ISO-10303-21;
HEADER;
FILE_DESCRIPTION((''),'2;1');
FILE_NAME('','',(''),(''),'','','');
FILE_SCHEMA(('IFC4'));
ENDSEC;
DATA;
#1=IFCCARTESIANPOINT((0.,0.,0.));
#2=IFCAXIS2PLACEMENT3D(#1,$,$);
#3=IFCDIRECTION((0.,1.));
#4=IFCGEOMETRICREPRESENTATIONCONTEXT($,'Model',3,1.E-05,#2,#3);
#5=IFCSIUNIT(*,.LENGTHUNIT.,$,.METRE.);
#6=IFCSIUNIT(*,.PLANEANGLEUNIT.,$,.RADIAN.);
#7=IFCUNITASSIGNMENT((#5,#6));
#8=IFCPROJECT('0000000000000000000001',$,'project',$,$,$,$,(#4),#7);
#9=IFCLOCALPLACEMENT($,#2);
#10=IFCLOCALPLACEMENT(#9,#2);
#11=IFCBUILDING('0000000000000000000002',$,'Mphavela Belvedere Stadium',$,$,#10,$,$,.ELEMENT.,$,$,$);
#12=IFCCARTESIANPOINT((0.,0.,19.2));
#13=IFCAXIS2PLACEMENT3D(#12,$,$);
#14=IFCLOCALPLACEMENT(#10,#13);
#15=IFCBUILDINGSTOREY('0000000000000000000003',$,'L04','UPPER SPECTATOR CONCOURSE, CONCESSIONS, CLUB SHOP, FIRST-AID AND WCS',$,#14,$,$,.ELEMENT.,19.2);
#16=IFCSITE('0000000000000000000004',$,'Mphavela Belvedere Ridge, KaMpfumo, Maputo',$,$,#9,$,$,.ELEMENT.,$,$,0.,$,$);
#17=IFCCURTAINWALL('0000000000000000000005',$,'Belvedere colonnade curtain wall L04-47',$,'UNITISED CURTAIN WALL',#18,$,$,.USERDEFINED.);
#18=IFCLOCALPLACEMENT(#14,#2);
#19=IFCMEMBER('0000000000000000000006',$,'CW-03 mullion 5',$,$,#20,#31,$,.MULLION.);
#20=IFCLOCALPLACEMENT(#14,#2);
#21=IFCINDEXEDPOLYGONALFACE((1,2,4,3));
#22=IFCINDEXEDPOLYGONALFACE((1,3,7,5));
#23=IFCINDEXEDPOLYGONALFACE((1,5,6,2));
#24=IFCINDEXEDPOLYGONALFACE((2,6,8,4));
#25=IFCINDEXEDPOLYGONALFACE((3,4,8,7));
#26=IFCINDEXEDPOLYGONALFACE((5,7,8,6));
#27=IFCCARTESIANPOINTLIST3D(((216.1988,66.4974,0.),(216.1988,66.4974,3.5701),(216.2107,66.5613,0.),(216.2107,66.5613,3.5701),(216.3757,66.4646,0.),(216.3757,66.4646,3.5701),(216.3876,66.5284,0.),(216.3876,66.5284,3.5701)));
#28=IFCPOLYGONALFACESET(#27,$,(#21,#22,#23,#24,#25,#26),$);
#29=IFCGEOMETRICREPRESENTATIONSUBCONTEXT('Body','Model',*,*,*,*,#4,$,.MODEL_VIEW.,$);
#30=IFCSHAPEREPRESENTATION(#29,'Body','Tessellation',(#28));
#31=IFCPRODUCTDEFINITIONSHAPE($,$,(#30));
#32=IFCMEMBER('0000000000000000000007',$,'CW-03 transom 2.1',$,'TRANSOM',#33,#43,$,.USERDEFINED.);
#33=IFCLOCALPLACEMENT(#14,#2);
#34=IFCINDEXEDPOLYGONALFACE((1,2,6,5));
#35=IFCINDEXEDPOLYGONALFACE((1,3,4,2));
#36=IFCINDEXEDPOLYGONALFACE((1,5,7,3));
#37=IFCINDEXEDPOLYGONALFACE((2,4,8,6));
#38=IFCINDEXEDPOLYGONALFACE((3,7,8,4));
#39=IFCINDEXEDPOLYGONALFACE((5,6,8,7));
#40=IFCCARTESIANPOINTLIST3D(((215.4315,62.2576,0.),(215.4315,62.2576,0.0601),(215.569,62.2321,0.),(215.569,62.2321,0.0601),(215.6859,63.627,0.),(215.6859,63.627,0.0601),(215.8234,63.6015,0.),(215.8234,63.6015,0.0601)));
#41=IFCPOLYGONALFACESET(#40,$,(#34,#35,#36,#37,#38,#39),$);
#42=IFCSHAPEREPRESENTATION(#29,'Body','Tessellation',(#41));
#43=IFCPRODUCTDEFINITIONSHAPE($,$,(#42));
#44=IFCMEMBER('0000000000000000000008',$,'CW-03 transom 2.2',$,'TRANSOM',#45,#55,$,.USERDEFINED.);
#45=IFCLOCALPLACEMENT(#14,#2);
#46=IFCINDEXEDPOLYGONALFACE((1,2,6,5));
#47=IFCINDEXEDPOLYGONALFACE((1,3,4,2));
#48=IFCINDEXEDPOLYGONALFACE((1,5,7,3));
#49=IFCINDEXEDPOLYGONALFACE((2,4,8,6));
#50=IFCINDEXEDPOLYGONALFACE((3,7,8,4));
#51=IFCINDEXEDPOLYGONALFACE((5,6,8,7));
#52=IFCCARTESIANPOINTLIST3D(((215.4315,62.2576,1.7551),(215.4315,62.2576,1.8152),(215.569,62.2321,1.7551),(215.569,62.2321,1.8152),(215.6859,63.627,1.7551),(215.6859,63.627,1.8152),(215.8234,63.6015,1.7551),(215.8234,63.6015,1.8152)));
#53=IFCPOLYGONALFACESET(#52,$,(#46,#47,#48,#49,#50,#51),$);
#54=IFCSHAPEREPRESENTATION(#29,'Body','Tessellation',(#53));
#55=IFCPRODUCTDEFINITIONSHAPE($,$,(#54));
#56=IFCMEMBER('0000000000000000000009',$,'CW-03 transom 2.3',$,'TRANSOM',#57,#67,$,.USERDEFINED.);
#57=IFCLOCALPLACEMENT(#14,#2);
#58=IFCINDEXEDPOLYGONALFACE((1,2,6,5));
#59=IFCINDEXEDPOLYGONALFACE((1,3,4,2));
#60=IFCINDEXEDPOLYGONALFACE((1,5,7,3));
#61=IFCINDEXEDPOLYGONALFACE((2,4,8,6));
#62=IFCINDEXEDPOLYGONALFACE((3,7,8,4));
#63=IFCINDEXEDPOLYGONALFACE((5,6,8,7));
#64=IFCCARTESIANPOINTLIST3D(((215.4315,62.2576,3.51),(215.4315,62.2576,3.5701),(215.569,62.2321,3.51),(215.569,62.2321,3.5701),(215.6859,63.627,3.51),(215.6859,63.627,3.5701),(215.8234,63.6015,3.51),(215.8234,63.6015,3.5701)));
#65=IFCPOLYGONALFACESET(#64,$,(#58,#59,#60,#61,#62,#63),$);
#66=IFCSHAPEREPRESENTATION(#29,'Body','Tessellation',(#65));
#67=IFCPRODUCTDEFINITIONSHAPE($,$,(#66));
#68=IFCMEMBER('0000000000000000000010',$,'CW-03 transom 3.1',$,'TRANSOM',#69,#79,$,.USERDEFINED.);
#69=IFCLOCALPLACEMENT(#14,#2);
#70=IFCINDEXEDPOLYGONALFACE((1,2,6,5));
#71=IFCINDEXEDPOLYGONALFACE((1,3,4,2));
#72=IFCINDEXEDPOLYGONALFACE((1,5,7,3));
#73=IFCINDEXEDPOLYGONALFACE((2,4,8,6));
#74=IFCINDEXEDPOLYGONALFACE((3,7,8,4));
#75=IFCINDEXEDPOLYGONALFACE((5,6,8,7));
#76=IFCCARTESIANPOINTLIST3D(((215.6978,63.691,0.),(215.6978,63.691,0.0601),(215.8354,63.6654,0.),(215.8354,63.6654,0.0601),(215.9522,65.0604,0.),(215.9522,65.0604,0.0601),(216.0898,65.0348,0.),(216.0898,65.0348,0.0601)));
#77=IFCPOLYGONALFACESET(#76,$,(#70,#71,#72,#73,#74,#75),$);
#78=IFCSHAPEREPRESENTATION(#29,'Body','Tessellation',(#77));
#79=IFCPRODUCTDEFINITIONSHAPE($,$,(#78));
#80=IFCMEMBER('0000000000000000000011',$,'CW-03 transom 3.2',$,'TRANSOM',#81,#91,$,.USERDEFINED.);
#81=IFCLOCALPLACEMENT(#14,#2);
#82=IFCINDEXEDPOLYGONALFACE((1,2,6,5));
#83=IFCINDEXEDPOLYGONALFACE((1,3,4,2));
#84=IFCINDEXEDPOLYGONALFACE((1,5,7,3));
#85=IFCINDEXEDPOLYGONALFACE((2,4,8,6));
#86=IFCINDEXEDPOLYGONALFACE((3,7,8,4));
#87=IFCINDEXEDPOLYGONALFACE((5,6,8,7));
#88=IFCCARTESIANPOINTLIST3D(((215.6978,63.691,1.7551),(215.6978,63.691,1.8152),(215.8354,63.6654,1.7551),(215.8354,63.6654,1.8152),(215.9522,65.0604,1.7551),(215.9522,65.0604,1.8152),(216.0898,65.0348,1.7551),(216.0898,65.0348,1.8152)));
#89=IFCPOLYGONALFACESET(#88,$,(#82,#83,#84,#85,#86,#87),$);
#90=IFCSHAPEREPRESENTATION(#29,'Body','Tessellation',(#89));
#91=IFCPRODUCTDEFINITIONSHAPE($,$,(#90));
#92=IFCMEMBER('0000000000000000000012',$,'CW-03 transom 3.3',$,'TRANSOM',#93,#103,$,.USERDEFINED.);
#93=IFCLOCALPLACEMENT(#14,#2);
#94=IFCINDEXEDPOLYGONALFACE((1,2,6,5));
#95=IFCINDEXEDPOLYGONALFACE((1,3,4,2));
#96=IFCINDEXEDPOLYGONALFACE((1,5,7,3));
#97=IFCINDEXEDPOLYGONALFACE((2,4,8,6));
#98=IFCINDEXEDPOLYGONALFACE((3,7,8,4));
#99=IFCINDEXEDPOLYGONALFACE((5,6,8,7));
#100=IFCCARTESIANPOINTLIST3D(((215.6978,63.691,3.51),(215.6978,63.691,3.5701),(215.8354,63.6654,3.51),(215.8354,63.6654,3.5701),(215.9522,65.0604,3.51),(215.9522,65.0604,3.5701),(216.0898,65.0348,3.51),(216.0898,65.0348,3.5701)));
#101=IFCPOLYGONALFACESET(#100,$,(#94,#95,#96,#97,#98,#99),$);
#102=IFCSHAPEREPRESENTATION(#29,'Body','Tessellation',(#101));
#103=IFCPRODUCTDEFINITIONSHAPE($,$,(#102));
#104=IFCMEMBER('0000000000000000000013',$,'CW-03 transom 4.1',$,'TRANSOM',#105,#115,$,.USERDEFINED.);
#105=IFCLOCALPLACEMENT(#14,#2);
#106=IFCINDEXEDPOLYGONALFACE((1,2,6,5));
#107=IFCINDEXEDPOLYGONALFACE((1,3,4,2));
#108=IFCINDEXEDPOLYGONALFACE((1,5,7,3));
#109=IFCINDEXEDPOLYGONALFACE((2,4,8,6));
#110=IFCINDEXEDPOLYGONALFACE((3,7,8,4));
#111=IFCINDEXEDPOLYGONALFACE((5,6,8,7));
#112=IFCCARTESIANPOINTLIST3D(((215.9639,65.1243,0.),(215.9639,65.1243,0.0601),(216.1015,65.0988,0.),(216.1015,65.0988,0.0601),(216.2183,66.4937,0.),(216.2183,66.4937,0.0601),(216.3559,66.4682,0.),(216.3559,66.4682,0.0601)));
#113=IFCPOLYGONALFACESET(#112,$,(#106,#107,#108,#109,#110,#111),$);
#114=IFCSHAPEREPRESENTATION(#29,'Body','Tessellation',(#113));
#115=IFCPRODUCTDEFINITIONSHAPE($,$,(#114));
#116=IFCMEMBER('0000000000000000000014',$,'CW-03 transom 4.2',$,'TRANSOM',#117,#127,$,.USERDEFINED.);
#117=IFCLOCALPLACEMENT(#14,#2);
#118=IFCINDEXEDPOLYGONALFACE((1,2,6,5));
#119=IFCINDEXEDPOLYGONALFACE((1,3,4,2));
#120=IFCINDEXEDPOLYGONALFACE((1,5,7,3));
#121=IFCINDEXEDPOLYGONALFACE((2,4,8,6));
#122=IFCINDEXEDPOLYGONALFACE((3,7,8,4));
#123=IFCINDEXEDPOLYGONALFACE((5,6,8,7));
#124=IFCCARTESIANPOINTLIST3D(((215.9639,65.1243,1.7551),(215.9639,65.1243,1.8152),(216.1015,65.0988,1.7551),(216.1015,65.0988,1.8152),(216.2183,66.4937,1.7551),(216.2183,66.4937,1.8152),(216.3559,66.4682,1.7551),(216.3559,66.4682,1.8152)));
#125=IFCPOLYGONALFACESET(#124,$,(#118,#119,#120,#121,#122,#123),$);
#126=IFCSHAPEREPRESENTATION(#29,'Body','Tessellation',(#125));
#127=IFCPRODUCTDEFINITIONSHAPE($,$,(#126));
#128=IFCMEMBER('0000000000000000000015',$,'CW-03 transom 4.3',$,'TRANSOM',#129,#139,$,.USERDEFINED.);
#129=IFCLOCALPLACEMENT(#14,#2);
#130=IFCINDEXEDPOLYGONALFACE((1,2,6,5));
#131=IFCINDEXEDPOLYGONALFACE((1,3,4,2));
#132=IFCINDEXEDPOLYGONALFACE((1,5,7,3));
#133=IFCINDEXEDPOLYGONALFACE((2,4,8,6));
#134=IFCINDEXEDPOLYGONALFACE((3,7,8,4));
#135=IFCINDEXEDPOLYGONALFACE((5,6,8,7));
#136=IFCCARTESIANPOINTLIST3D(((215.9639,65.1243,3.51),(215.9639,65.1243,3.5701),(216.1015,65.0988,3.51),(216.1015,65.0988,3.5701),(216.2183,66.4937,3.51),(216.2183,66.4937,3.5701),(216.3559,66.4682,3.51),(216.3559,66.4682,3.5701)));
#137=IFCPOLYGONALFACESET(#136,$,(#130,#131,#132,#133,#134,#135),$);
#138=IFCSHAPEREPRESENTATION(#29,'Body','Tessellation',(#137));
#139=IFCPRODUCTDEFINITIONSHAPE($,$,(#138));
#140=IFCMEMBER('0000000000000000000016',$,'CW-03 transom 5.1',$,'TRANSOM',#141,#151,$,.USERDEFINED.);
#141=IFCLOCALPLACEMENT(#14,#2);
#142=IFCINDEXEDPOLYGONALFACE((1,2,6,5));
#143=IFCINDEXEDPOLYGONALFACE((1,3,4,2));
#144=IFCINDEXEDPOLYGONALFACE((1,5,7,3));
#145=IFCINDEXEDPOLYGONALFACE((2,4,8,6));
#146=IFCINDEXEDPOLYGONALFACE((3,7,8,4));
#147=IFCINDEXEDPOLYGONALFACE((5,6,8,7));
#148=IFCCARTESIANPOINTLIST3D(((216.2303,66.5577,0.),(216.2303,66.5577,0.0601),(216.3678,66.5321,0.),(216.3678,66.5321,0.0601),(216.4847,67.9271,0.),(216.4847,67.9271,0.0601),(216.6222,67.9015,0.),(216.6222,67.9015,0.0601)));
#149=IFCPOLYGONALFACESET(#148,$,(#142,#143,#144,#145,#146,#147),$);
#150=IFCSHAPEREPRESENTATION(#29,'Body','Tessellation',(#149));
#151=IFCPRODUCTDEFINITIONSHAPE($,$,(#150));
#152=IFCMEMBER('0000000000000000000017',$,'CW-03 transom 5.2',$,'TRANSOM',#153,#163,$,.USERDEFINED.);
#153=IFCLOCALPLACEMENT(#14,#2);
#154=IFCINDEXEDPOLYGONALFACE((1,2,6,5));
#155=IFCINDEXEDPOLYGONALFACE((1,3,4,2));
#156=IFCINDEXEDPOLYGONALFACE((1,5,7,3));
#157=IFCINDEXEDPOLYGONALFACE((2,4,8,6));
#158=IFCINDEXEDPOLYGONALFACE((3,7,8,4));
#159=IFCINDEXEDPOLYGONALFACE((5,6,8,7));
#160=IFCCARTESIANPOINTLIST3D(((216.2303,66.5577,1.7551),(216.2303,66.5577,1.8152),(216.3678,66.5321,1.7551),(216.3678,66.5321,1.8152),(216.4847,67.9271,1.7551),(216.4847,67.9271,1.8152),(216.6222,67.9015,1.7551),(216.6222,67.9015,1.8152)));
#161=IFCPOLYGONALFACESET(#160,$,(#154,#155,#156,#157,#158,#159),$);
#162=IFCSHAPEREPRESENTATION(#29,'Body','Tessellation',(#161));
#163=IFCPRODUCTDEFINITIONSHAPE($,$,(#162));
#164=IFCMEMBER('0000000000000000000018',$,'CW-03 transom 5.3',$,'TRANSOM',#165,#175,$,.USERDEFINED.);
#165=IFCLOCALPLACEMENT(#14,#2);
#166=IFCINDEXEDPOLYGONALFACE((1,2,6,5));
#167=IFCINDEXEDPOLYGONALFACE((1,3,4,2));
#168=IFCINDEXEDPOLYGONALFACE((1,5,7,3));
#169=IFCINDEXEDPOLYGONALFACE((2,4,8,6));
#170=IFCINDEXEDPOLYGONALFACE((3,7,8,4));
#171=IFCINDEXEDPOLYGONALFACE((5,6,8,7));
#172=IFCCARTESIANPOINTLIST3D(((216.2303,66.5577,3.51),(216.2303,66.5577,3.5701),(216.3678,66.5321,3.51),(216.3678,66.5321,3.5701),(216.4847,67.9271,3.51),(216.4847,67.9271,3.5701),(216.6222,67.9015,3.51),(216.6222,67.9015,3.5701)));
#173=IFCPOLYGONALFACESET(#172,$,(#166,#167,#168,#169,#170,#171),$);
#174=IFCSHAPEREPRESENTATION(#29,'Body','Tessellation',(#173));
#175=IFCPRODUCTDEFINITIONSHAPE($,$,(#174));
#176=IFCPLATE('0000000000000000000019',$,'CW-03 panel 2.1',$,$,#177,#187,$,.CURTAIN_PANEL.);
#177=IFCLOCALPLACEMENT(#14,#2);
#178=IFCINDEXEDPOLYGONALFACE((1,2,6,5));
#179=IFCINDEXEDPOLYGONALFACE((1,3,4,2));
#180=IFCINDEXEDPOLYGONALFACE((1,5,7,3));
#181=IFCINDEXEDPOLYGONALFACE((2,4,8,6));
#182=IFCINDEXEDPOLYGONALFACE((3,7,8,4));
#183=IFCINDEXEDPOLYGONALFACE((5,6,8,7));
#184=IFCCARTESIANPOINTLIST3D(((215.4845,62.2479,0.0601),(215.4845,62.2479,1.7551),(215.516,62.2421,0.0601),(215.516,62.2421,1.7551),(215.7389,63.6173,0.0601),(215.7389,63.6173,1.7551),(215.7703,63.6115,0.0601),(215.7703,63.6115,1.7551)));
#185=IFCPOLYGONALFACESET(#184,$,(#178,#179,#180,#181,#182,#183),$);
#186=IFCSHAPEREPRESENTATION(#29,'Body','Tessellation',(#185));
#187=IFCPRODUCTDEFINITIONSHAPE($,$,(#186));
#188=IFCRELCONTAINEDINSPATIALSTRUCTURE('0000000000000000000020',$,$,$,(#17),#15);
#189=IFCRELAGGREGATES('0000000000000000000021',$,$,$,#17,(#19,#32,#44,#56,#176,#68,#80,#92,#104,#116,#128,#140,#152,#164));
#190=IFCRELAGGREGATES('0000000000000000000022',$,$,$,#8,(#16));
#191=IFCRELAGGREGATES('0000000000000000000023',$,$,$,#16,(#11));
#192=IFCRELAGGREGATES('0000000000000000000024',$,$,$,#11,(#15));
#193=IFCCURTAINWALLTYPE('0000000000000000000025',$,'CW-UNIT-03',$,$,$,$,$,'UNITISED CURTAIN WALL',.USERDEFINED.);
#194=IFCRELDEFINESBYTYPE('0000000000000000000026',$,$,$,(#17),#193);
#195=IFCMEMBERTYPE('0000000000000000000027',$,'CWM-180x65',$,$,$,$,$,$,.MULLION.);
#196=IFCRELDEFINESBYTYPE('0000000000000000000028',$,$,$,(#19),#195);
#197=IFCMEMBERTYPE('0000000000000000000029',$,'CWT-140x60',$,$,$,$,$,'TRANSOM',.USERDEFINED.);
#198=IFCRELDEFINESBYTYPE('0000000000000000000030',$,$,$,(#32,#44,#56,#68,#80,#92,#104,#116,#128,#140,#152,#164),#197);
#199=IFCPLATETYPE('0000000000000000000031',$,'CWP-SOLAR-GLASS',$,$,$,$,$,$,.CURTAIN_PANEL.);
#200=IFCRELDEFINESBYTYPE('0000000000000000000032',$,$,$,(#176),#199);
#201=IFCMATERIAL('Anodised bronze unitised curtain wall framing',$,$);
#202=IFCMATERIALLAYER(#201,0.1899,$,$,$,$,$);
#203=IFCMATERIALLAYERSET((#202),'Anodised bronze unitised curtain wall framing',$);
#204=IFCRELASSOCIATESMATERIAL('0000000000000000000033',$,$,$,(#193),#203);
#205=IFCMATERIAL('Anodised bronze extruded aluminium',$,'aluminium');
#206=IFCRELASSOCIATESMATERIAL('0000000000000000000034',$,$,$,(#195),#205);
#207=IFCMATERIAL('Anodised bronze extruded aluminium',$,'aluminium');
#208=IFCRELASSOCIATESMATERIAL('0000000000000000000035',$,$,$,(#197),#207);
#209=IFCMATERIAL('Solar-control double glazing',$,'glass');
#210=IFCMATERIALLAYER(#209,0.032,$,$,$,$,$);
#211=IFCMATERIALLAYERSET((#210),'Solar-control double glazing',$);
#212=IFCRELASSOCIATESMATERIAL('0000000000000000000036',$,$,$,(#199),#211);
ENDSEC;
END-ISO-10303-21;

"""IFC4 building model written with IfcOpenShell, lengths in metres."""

from ifc_helpers import new_model, si_unit, direction, frame, origin, origin_2d, place, context, subcontext, project, spatial, rectangle, extrude, material, layer, layer_set, material_profile, profile_set, type_object, element, aggregate, save


model = new_model("IFC4")

# Units and contexts
model_context = context("Model", 3, precision=1e-05, world=origin(), true_north=direction((0.0, 1.0)))
body_context = subcontext(model_context, "Body", "Model", "MODEL_VIEW")
ifc_project = project(units=[si_unit("LENGTHUNIT", "METRE"), si_unit("PLANEANGLEUNIT", "RADIAN")], contexts=[model_context])

# Site, building, storey
site_placement = place(None, origin())
site = spatial("IfcSite", under=ifc_project, at=site_placement, Name="Mphavela Belvedere Ridge, KaMpfumo, Maputo", CompositionType="ELEMENT", RefElevation=0.0)
building_placement = place(site_placement, origin())
building = spatial("IfcBuilding", under=site, at=building_placement, Name="Mphavela Belvedere Stadium", CompositionType="ELEMENT")
storey_placement = place(building_placement, frame((0.0, 0.0, 19.2)))
storey = spatial("IfcBuildingStorey", under=building, at=storey_placement, Name="L04", Description="UPPER SPECTATOR CONCOURSE, CONCESSIONS, CLUB SHOP, FIRST-AID AND WCS", CompositionType="ELEMENT", Elevation=19.2)

# Curtain wall, members, plate
ifc_material_1 = material(Name="Anodised bronze unitised curtain wall framing")
ifc_layer_1 = layer(ifc_material_1, 0.1899)
ifc_layer_set_1 = layer_set([ifc_layer_1], Name="Anodised bronze unitised curtain wall framing")
curtain_wall_type = type_object("IfcCurtainWallType", Name="CW-UNIT-03", ElementType="UNITISED CURTAIN WALL", PredefinedType="USERDEFINED", material=ifc_layer_set_1)
curtain_wall_placement = place(storey_placement, origin())
curtain_wall = element("IfcCurtainWall", 1, at=curtain_wall_placement, inside=storey, type_object=curtain_wall_type, Name="Belvedere colonnade curtain wall L04-47", ObjectType="UNITISED CURTAIN WALL", PredefinedType="USERDEFINED")
ifc_material_2 = material(Name="Anodised bronze extruded aluminium", Category="aluminium")
ifc_material_profile_1 = material_profile(ifc_material_2, rectangle(XDim=0.1799, YDim=0.0649, at=origin_2d()), Name="CW-MUL 180x65")
ifc_profile_set_1 = profile_set([ifc_material_profile_1], Name="Anodised bronze extruded aluminium")
member_type_1 = type_object("IfcMemberType", Name="CWM-180x65", PredefinedType="MULLION", material=ifc_profile_set_1)
member_1_placement = place(storey_placement, frame((216.2932, 66.5129, 0.0), z_axis=(0.0, 0.0, 1.0), x_axis=(-0.983184, 0.182618, 0.0)))
member_1 = element("IfcMember", 2, at=member_1_placement, type_object=member_type_1, Name="CW-03 mullion 5", PredefinedType="MULLION", context=body_context, shape_type="SweptSolid", body=[
    extrude(rectangle(XDim=0.1799, YDim=0.0649, at=origin_2d()), origin(), (0.0, 0.0, 1.0), 3.5701),
])
ifc_material_3 = material(Name="Anodised bronze extruded aluminium", Category="aluminium")
ifc_material_profile_2 = material_profile(ifc_material_3, rectangle(XDim=0.1399, YDim=0.0601, at=origin_2d()), Name="CW-TRN 140x60")
ifc_profile_set_2 = profile_set([ifc_material_profile_2], Name="Anodised bronze extruded aluminium")
member_type_2 = type_object("IfcMemberType", Name="CWT-140x60", ElementType="TRANSOM", PredefinedType="USERDEFINED", material=ifc_profile_set_2)
member_2_placement = place(storey_placement, frame((215.5002, 62.2449, 0.03), z_axis=(0.182648, 0.983178, 0.0), x_axis=(-0.983178, 0.182648, 0.0)))
member_2 = element("IfcMember", 3, at=member_2_placement, type_object=member_type_2, Name="CW-03 transom 2.1", ObjectType="TRANSOM", PredefinedType="USERDEFINED", context=body_context, shape_type="SweptSolid", body=[
    extrude(rectangle(XDim=0.1399, YDim=0.0601, at=origin_2d()), origin(), (0.0, 0.0, 1.0), 1.3928),
])
member_3_placement = place(storey_placement, frame((215.5002, 62.2449, 1.7852), z_axis=(0.182648, 0.983178, 0.0), x_axis=(-0.983178, 0.182648, 0.0)))
member_3 = element("IfcMember", 4, at=member_3_placement, type_object=member_type_2, Name="CW-03 transom 2.2", ObjectType="TRANSOM", PredefinedType="USERDEFINED", context=body_context, shape_type="SweptSolid", body=[
    extrude(rectangle(XDim=0.1399, YDim=0.0601, at=origin_2d()), origin(), (0.0, 0.0, 1.0), 1.3928),
])
member_4_placement = place(storey_placement, frame((215.5002, 62.2449, 3.54), z_axis=(0.182648, 0.983178, 0.0), x_axis=(-0.983178, 0.182648, 0.0)))
member_4 = element("IfcMember", 5, at=member_4_placement, type_object=member_type_2, Name="CW-03 transom 2.3", ObjectType="TRANSOM", PredefinedType="USERDEFINED", context=body_context, shape_type="SweptSolid", body=[
    extrude(rectangle(XDim=0.1399, YDim=0.0601, at=origin_2d()), origin(), (0.0, 0.0, 1.0), 1.3928),
])
member_5_placement = place(storey_placement, frame((215.7666, 63.6782, 0.03), z_axis=(0.182648, 0.983178, 0.0), x_axis=(-0.983178, 0.182648, 0.0)))
member_5 = element("IfcMember", 6, at=member_5_placement, type_object=member_type_2, Name="CW-03 transom 3.1", ObjectType="TRANSOM", PredefinedType="USERDEFINED", context=body_context, shape_type="SweptSolid", body=[
    extrude(rectangle(XDim=0.1399, YDim=0.0601, at=origin_2d()), origin(), (0.0, 0.0, 1.0), 1.3928),
])
member_6_placement = place(storey_placement, frame((215.7666, 63.6782, 1.7852), z_axis=(0.182648, 0.983178, 0.0), x_axis=(-0.983178, 0.182648, 0.0)))
member_6 = element("IfcMember", 7, at=member_6_placement, type_object=member_type_2, Name="CW-03 transom 3.2", ObjectType="TRANSOM", PredefinedType="USERDEFINED", context=body_context, shape_type="SweptSolid", body=[
    extrude(rectangle(XDim=0.1399, YDim=0.0601, at=origin_2d()), origin(), (0.0, 0.0, 1.0), 1.3928),
])
member_7_placement = place(storey_placement, frame((215.7666, 63.6782, 3.54), z_axis=(0.182648, 0.983178, 0.0), x_axis=(-0.983178, 0.182648, 0.0)))
member_7 = element("IfcMember", 8, at=member_7_placement, type_object=member_type_2, Name="CW-03 transom 3.3", ObjectType="TRANSOM", PredefinedType="USERDEFINED", context=body_context, shape_type="SweptSolid", body=[
    extrude(rectangle(XDim=0.1399, YDim=0.0601, at=origin_2d()), origin(), (0.0, 0.0, 1.0), 1.3928),
])
member_8_placement = place(storey_placement, frame((216.0327, 65.1116, 0.03), z_axis=(0.182648, 0.983178, 0.0), x_axis=(-0.983178, 0.182648, 0.0)))
member_8 = element("IfcMember", 9, at=member_8_placement, type_object=member_type_2, Name="CW-03 transom 4.1", ObjectType="TRANSOM", PredefinedType="USERDEFINED", context=body_context, shape_type="SweptSolid", body=[
    extrude(rectangle(XDim=0.1399, YDim=0.0601, at=origin_2d()), origin(), (0.0, 0.0, 1.0), 1.3928),
])
member_9_placement = place(storey_placement, frame((216.0327, 65.1116, 1.7852), z_axis=(0.182648, 0.983178, 0.0), x_axis=(-0.983178, 0.182648, 0.0)))
member_9 = element("IfcMember", 10, at=member_9_placement, type_object=member_type_2, Name="CW-03 transom 4.2", ObjectType="TRANSOM", PredefinedType="USERDEFINED", context=body_context, shape_type="SweptSolid", body=[
    extrude(rectangle(XDim=0.1399, YDim=0.0601, at=origin_2d()), origin(), (0.0, 0.0, 1.0), 1.3928),
])
member_10_placement = place(storey_placement, frame((216.0327, 65.1116, 3.54), z_axis=(0.182648, 0.983178, 0.0), x_axis=(-0.983178, 0.182648, 0.0)))
member_10 = element("IfcMember", 11, at=member_10_placement, type_object=member_type_2, Name="CW-03 transom 4.3", ObjectType="TRANSOM", PredefinedType="USERDEFINED", context=body_context, shape_type="SweptSolid", body=[
    extrude(rectangle(XDim=0.1399, YDim=0.0601, at=origin_2d()), origin(), (0.0, 0.0, 1.0), 1.3928),
])
member_11_placement = place(storey_placement, frame((216.2991, 66.5449, 0.03), z_axis=(0.182648, 0.983178, 0.0), x_axis=(-0.983178, 0.182648, 0.0)))
member_11 = element("IfcMember", 12, at=member_11_placement, type_object=member_type_2, Name="CW-03 transom 5.1", ObjectType="TRANSOM", PredefinedType="USERDEFINED", context=body_context, shape_type="SweptSolid", body=[
    extrude(rectangle(XDim=0.1399, YDim=0.0601, at=origin_2d()), origin(), (0.0, 0.0, 1.0), 1.3928),
])
member_12_placement = place(storey_placement, frame((216.2991, 66.5449, 1.7852), z_axis=(0.182648, 0.983178, 0.0), x_axis=(-0.983178, 0.182648, 0.0)))
member_12 = element("IfcMember", 13, at=member_12_placement, type_object=member_type_2, Name="CW-03 transom 5.2", ObjectType="TRANSOM", PredefinedType="USERDEFINED", context=body_context, shape_type="SweptSolid", body=[
    extrude(rectangle(XDim=0.1399, YDim=0.0601, at=origin_2d()), origin(), (0.0, 0.0, 1.0), 1.3928),
])
member_13_placement = place(storey_placement, frame((216.2991, 66.5449, 3.54), z_axis=(0.182648, 0.983178, 0.0), x_axis=(-0.983178, 0.182648, 0.0)))
member_13 = element("IfcMember", 14, at=member_13_placement, type_object=member_type_2, Name="CW-03 transom 5.3", ObjectType="TRANSOM", PredefinedType="USERDEFINED", context=body_context, shape_type="SweptSolid", body=[
    extrude(rectangle(XDim=0.1399, YDim=0.0601, at=origin_2d()), origin(), (0.0, 0.0, 1.0), 1.3928),
])
ifc_material_4 = material(Name="Solar-control double glazing", Category="glass")
ifc_layer_2 = layer(ifc_material_4, 0.032)
ifc_layer_set_2 = layer_set([ifc_layer_2], Name="Solar-control double glazing")
plate_type = type_object("IfcPlateType", Name="CWP-SOLAR-GLASS", PredefinedType="CURTAIN_PANEL", material=ifc_layer_set_2)
plate_1_placement = place(storey_placement, frame((215.6274, 62.9297, 0.0601), z_axis=(0.0, 0.0, 1.0), x_axis=(0.182618, 0.983184, 0.0)))
plate_1 = element("IfcPlate", 15, at=plate_1_placement, type_object=plate_type, Name="CW-03 panel 2.1", PredefinedType="CURTAIN_PANEL", context=body_context, shape_type="SweptSolid", body=[
    extrude(rectangle(XDim=1.3928, YDim=0.032, at=origin_2d()), origin(), (0.0, 0.0, 1.0), 1.6951),
])
aggregate(curtain_wall, [member_1, member_2, member_3, member_4, plate_1, member_5, member_6, member_7, member_8, member_9, member_10, member_11, member_12, member_13])

save(model, "model.ifc")
